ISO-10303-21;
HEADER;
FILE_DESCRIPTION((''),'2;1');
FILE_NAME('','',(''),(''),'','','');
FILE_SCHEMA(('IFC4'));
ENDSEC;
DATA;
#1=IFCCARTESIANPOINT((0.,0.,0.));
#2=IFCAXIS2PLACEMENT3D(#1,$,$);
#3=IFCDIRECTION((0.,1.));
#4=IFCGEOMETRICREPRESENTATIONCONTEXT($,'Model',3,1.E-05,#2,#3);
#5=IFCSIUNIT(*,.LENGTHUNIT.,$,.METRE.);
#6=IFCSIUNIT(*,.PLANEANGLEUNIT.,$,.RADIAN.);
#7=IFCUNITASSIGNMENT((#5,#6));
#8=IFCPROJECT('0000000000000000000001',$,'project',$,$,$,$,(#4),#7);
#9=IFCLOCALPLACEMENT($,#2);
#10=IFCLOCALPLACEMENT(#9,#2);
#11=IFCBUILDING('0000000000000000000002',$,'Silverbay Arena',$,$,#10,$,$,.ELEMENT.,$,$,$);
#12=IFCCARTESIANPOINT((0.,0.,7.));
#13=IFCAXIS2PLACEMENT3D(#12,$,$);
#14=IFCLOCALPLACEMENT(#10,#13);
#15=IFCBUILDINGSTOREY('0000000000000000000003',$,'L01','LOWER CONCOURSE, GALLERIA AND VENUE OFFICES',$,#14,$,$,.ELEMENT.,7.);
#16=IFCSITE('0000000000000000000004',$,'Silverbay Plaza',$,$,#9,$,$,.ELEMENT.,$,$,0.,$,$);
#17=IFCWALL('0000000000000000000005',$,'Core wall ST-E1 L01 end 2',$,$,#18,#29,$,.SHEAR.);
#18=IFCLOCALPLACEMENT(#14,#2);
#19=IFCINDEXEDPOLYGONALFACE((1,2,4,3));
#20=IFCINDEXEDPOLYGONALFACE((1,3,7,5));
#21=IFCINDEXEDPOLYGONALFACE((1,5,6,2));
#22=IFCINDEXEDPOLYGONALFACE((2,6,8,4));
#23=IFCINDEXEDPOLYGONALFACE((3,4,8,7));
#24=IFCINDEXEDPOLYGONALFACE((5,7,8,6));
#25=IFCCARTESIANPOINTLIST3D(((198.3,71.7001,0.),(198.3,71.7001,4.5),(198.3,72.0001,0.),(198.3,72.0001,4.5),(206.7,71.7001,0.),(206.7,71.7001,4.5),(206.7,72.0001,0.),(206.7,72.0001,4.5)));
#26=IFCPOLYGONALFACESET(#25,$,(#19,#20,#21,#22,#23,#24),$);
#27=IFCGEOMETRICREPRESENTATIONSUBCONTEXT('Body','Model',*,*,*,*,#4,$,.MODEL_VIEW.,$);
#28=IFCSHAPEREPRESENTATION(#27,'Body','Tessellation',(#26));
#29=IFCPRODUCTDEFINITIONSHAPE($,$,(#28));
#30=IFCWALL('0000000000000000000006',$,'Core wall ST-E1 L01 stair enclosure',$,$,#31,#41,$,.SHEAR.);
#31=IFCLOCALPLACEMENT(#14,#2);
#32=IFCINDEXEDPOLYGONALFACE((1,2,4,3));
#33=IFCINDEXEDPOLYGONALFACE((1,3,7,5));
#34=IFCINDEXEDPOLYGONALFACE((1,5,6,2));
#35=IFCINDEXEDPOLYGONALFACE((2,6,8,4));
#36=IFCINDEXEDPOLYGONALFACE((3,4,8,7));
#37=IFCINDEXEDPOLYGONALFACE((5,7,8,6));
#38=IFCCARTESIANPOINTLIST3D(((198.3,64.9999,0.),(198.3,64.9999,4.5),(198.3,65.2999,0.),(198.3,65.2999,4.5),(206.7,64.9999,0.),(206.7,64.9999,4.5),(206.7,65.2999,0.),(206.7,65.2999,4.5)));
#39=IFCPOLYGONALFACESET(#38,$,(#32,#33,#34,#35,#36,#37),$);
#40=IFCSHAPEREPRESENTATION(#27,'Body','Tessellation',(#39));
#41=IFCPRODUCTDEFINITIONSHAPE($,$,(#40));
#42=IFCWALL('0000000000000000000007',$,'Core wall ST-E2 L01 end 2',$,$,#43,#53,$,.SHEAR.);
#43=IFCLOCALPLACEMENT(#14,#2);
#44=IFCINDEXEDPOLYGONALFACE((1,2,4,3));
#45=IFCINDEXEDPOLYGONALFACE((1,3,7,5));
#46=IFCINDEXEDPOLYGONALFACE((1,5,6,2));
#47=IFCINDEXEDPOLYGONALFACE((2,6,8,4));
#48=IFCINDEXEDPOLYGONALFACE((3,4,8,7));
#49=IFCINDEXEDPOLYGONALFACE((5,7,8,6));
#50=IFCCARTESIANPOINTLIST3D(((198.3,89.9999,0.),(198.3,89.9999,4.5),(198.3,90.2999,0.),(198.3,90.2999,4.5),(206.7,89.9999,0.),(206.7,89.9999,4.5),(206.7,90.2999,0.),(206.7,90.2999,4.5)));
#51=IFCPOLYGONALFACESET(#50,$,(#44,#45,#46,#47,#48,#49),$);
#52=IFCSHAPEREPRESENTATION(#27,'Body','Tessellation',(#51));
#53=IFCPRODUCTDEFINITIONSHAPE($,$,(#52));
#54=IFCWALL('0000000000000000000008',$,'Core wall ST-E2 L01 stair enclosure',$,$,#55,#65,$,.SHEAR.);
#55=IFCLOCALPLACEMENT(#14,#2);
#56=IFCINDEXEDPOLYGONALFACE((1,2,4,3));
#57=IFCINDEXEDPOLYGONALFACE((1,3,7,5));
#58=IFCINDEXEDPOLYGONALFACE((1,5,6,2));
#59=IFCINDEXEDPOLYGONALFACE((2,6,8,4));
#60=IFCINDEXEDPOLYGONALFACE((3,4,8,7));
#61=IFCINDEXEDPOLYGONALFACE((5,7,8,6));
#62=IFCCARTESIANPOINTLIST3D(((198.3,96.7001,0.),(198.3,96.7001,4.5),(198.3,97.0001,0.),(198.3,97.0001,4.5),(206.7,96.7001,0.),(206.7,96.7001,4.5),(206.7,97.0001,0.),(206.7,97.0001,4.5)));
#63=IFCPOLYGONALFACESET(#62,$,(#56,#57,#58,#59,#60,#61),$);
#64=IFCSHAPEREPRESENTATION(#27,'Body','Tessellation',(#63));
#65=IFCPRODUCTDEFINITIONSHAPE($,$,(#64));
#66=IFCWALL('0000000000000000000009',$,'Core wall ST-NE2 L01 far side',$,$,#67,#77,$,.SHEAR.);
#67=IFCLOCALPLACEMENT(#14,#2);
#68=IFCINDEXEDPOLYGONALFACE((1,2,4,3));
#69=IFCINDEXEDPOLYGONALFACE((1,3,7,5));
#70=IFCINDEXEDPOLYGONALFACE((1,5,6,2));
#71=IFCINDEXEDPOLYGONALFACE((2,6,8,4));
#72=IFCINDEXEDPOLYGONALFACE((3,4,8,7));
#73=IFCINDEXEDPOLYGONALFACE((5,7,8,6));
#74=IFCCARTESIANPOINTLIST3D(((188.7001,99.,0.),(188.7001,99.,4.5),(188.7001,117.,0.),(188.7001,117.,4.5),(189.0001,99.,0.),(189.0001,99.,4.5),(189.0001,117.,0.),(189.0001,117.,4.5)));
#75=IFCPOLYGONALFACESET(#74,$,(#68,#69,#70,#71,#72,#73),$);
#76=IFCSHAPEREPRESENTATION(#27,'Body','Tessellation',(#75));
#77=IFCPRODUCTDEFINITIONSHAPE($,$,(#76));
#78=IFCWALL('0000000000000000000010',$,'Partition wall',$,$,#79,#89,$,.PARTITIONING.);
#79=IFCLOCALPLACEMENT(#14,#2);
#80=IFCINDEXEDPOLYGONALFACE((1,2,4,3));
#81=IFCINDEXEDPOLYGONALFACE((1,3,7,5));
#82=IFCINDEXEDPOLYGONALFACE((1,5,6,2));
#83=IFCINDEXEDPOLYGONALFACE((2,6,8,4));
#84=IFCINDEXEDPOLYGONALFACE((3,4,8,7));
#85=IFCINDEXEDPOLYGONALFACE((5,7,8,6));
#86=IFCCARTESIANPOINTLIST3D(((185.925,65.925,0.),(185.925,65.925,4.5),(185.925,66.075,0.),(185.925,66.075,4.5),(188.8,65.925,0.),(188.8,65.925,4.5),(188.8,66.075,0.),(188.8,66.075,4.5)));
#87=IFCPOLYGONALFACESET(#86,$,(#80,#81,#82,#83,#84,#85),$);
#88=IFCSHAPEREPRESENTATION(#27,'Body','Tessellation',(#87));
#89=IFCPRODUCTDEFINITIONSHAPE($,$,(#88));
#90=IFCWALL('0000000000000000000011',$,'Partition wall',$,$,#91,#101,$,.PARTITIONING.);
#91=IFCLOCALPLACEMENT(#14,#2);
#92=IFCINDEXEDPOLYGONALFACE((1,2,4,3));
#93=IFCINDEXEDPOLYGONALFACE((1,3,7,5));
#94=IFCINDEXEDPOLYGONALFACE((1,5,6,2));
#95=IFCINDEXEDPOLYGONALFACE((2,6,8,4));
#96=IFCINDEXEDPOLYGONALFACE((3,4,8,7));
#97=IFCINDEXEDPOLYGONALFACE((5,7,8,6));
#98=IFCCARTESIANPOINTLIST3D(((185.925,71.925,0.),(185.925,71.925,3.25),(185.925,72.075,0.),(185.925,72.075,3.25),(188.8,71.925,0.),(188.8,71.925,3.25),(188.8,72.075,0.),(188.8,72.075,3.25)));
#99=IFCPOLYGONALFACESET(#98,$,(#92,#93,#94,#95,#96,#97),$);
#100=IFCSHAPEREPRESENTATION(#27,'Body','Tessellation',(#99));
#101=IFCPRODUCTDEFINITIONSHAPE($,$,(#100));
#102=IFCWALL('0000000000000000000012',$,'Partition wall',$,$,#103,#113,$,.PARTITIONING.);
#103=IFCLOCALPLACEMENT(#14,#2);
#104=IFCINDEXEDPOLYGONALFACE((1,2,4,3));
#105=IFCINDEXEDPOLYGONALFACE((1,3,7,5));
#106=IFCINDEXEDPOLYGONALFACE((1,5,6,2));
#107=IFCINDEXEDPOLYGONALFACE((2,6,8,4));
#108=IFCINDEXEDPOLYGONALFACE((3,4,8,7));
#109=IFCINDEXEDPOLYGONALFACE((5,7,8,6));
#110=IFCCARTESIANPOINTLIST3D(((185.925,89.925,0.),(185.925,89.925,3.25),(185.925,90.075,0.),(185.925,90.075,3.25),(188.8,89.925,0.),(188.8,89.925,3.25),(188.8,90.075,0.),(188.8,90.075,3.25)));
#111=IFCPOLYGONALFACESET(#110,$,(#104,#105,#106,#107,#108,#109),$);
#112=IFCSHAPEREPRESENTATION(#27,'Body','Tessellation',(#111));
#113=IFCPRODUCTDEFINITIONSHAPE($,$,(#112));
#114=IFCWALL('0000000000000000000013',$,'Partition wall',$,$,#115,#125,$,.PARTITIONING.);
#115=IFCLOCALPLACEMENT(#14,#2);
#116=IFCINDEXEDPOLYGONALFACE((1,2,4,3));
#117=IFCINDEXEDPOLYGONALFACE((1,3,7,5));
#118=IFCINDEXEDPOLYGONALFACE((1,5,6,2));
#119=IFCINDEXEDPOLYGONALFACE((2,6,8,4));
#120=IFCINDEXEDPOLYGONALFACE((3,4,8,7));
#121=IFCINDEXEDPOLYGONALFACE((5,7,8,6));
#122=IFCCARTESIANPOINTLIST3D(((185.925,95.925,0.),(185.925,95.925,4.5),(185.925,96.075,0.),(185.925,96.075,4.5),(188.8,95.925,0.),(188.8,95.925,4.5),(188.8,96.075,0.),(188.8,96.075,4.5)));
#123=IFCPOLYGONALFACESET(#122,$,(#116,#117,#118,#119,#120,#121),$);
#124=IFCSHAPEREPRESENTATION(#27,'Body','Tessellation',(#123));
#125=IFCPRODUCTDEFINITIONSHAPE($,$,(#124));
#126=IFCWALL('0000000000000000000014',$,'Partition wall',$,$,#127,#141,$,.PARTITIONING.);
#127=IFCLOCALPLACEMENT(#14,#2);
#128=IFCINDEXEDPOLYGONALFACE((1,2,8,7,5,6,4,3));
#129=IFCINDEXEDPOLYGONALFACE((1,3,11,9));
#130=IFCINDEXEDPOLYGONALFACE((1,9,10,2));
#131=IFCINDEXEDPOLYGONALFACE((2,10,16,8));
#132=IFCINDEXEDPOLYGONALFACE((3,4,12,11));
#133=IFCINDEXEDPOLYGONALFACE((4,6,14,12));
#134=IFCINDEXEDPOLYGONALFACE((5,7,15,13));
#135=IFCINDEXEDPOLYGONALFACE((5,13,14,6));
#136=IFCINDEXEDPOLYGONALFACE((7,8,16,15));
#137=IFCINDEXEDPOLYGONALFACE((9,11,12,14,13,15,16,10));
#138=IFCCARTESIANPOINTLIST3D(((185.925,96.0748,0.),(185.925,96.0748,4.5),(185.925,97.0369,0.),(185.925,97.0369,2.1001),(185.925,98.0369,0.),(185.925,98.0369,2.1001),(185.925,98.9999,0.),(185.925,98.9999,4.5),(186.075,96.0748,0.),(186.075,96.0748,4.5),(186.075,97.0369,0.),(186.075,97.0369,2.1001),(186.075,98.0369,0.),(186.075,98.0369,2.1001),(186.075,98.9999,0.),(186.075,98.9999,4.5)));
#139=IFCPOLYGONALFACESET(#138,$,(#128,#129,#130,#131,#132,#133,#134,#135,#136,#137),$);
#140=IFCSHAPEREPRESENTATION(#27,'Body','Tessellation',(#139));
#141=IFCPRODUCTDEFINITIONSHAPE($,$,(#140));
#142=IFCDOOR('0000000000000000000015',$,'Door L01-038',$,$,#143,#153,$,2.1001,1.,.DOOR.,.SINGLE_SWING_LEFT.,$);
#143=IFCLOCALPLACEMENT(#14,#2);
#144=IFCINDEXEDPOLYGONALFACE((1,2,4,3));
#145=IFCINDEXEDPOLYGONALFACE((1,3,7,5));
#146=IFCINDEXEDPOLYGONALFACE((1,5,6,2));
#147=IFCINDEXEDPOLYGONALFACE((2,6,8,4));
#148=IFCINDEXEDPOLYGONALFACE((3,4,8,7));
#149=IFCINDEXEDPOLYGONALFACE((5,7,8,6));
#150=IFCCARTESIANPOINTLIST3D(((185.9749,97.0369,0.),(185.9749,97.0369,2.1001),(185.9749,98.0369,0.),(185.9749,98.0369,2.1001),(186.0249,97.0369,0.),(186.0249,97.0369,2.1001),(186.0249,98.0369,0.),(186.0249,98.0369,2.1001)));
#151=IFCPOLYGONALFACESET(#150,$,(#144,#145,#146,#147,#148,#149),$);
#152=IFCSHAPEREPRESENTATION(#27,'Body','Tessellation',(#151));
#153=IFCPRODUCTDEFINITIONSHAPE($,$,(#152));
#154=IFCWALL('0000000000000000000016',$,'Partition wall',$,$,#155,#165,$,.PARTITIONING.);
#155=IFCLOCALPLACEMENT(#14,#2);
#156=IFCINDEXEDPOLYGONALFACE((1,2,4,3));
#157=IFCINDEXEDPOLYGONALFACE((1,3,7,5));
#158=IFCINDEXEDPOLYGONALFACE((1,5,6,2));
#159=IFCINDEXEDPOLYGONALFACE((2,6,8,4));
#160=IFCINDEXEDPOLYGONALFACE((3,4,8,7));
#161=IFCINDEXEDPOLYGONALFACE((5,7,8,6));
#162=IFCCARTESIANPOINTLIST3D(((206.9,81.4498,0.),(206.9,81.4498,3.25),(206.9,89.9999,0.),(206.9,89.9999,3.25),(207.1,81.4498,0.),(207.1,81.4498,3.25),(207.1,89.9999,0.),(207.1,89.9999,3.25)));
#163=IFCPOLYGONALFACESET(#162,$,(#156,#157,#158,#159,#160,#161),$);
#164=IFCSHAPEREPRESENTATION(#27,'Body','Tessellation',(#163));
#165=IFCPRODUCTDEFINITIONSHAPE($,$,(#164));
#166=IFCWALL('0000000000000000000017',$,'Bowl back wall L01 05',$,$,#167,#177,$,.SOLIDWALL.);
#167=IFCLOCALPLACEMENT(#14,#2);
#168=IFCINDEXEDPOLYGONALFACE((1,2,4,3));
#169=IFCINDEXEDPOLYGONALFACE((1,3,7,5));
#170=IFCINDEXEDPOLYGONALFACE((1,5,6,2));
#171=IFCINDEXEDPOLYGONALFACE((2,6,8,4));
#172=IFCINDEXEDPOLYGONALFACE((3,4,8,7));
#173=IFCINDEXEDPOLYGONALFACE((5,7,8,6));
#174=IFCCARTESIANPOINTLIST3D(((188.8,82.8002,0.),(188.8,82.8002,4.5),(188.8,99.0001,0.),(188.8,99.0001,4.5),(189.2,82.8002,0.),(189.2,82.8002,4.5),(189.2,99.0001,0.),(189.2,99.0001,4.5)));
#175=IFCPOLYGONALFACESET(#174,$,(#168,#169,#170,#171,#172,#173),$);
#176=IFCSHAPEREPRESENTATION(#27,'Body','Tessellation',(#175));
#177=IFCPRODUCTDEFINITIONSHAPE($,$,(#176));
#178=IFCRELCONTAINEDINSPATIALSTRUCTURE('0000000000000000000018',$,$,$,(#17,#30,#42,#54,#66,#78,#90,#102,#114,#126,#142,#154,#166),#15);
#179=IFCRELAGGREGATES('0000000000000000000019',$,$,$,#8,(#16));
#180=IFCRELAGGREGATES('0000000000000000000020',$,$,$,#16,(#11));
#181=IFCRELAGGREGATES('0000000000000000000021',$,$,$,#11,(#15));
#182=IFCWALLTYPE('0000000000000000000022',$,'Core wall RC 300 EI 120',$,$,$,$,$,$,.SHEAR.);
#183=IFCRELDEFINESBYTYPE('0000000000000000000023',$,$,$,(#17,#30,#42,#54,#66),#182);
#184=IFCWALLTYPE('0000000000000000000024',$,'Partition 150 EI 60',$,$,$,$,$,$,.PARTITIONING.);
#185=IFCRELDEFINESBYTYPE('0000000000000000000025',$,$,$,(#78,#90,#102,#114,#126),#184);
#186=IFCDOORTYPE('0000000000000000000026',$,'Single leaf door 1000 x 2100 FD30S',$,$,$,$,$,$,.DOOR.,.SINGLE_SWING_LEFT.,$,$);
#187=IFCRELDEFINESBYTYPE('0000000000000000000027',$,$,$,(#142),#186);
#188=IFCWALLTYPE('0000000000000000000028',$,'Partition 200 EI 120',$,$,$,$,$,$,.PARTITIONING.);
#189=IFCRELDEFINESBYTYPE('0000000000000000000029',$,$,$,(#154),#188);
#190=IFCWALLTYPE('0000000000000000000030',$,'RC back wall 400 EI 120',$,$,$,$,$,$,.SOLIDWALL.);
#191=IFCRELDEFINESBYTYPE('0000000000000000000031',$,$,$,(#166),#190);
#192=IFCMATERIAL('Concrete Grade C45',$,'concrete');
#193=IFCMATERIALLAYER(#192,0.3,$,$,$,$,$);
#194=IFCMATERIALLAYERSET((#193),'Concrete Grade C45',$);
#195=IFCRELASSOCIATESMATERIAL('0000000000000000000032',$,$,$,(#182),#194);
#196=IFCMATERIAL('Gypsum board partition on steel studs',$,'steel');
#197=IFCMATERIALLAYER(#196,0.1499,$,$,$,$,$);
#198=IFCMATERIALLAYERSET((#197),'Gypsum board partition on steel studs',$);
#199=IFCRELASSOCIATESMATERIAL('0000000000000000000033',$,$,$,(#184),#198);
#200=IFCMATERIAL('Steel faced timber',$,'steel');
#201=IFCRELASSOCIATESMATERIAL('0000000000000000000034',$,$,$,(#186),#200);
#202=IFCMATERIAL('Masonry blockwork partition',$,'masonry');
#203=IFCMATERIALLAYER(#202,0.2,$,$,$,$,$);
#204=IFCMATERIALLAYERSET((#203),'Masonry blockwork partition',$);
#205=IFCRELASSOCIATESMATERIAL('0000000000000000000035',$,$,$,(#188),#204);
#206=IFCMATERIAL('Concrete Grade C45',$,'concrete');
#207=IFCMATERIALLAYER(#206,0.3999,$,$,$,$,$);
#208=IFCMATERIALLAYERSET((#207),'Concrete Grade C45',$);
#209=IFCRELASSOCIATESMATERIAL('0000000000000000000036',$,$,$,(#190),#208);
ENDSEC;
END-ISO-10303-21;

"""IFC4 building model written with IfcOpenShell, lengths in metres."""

from ifc_helpers import new_model, si_unit, direction, frame, frame_2d, origin, place, context, subcontext, project, spatial, rectangle, extrude, material, layer, layer_set, type_object, element, fill, save


model = new_model("IFC4")

# Units and contexts
model_context = context("Model", 3, precision=1e-05, world=origin(), true_north=direction((0.0, 1.0)))
body_context = subcontext(model_context, "Body", "Model", "MODEL_VIEW")
ifc_project = project(units=[si_unit("LENGTHUNIT", "METRE"), si_unit("PLANEANGLEUNIT", "RADIAN")], contexts=[model_context])

# Site, building, storey
site_placement = place(None, origin())
site = spatial("IfcSite", under=ifc_project, at=site_placement, Name="Silverbay Plaza", CompositionType="ELEMENT", RefElevation=0.0)
building_placement = place(site_placement, origin())
building = spatial("IfcBuilding", under=site, at=building_placement, Name="Silverbay Arena", CompositionType="ELEMENT")
storey_placement = place(building_placement, frame((0.0, 0.0, 7.0)))
storey = spatial("IfcBuildingStorey", under=building, at=storey_placement, Name="L01", Description="LOWER CONCOURSE, GALLERIA AND VENUE OFFICES", CompositionType="ELEMENT", Elevation=7.0)

# Walls
ifc_material_1 = material(Name="Concrete Grade C45", Category="concrete")
ifc_layer_1 = layer(ifc_material_1, 0.3)
ifc_layer_set_1 = layer_set([ifc_layer_1], Name="Concrete Grade C45")
wall_type_1 = type_object("IfcWallType", Name="Core wall RC 300 EI 120", PredefinedType="SHEAR", material=ifc_layer_set_1)
for number, where, z_axis, x_axis, name in (
    (1, (198.3, 71.8501, 0.0), (0.0, 0.0, 1.0), (1.0, 0.0, 0.0), "Core wall ST-E1 L01 end 2"),
    (2, (198.3, 65.1499, 0.0), (0.0, 0.0, 1.0), (1.0, 0.0, 0.0), "Core wall ST-E1 L01 stair enclosure"),
    (3, (198.3, 90.1499, 0.0), (0.0, 0.0, 1.0), (1.0, 0.0, 0.0), "Core wall ST-E2 L01 end 2"),
    (4, (198.3, 96.8501, 0.0), (0.0, 0.0, 1.0), (1.0, 0.0, 0.0), "Core wall ST-E2 L01 stair enclosure"),
):
    element("IfcWall", number, at=place(storey_placement, frame(where, z_axis=z_axis, x_axis=x_axis)), inside=storey, type_object=wall_type_1, Name=name, PredefinedType="SHEAR", context=body_context, shape_type="SweptSolid", body=[
        extrude(rectangle(XDim=8.3999, YDim=0.3, at=frame_2d((4.2, 0.0))), origin(), (0.0, 0.0, 1.0), 4.5),
    ])
wall_1_placement = place(storey_placement, frame((188.8501, 99.0, 0.0), z_axis=(0.0, 0.0, 1.0), x_axis=(0.0, 1.0, 0.0)))
element("IfcWall", 5, at=wall_1_placement, inside=storey, type_object=wall_type_1, Name="Core wall ST-NE2 L01 far side", PredefinedType="SHEAR", context=body_context, shape_type="SweptSolid", body=[
    extrude(rectangle(XDim=18.0, YDim=0.3, at=frame_2d((9.0, 0.0))), origin(), (0.0, 0.0, 1.0), 4.5),
])
ifc_material_2 = material(Name="Gypsum board partition on steel studs", Category="steel")
ifc_layer_2 = layer(ifc_material_2, 0.1499)
ifc_layer_set_2 = layer_set([ifc_layer_2], Name="Gypsum board partition on steel studs")
wall_type_2 = type_object("IfcWallType", Name="Partition 150 EI 60", PredefinedType="PARTITIONING", material=ifc_layer_set_2)
wall_2_placement = place(storey_placement, frame((185.925, 66.0, 0.0), z_axis=(0.0, 0.0, 1.0), x_axis=(1.0, 0.0, 0.0)))
element("IfcWall", 6, at=wall_2_placement, inside=storey, type_object=wall_type_2, Name="Partition wall", PredefinedType="PARTITIONING", context=body_context, shape_type="SweptSolid", body=[
    extrude(rectangle(XDim=2.875, YDim=0.1499, at=frame_2d((1.4375, 0.0))), origin(), (0.0, 0.0, 1.0), 4.5),
])
for number, where, z_axis, x_axis, name in (
    (7, (185.925, 72.0, 0.0), (0.0, 0.0, 1.0), (1.0, 0.0, 0.0), "Partition wall"),
    (8, (185.925, 90.0, 0.0), (0.0, 0.0, 1.0), (1.0, 0.0, 0.0), "Partition wall"),
):
    element("IfcWall", number, at=place(storey_placement, frame(where, z_axis=z_axis, x_axis=x_axis)), inside=storey, type_object=wall_type_2, Name=name, PredefinedType="PARTITIONING", context=body_context, shape_type="SweptSolid", body=[
        extrude(rectangle(XDim=2.875, YDim=0.1499, at=frame_2d((1.4375, 0.0))), origin(), (0.0, 0.0, 1.0), 3.25),
    ])
wall_3_placement = place(storey_placement, frame((185.925, 96.0, 0.0), z_axis=(0.0, 0.0, 1.0), x_axis=(1.0, 0.0, 0.0)))
element("IfcWall", 9, at=wall_3_placement, inside=storey, type_object=wall_type_2, Name="Partition wall", PredefinedType="PARTITIONING", context=body_context, shape_type="SweptSolid", body=[
    extrude(rectangle(XDim=2.875, YDim=0.1499, at=frame_2d((1.4375, 0.0))), origin(), (0.0, 0.0, 1.0), 4.5),
])

# Wall, opening, door
wall_4_placement = place(storey_placement, frame((186.0, 96.075, 0.0), z_axis=(0.0, 0.0, 1.0), x_axis=(0.0, 1.0, 0.0)))
wall_4 = element("IfcWall", 10, at=wall_4_placement, inside=storey, type_object=wall_type_2, Name="Partition wall", PredefinedType="PARTITIONING", context=body_context, shape_type="SweptSolid", body=[
    extrude(rectangle(XDim=2.925, YDim=0.1499, at=frame_2d((1.4624, 0.0))), origin(), (0.0, 0.0, 1.0), 4.5),
])
opening_1_placement = place(wall_4_placement, frame((0.9619, 0.0, 0.0)))
opening_1 = element("IfcOpeningElement", 11, at=opening_1_placement, cuts=wall_4, PredefinedType="OPENING", context=body_context, shape_type="SweptSolid", body=[
    extrude(rectangle(XDim=1.0, YDim=2.1001, at=frame_2d((0.5, 1.05))), frame((0.0, 0.085, 0.0), z_axis=(0.0, -1.0, 0.0), x_axis=(1.0, 0.0, 0.0)), (0.0, 0.0, 1.0), 0.1699),
])
ifc_material_3 = material(Name="Steel faced timber", Category="steel")
door_type_1 = type_object("IfcDoorType", Name="Single leaf door 1000 x 2100 FD30S", OperationType="SINGLE_SWING_LEFT", PredefinedType="DOOR", material=ifc_material_3)
door_1_placement = place(opening_1_placement, frame((1.0, 0.0, 0.0), z_axis=(0.0, 0.0, 1.0), x_axis=(-1.0, 0.0, 0.0)))
door_1 = element("IfcDoor", 12, at=door_1_placement, inside=storey, type_object=door_type_1, Name="Door L01-038", OperationType="SINGLE_SWING_LEFT", OverallHeight=2.1001, OverallWidth=1.0, PredefinedType="DOOR", context=body_context, shape_type="SweptSolid", body=[
    extrude(rectangle(XDim=1.0, YDim=2.1001, at=frame_2d((0.5, 1.05))), frame((0.0, 0.0249, 0.0), z_axis=(0.0, -1.0, 0.0), x_axis=(1.0, 0.0, 0.0)), (0.0, 0.0, 1.0), 0.05),
])
fill(opening_1, door_1)
ifc_material_4 = material(Name="Masonry blockwork partition", Category="masonry")
ifc_layer_3 = layer(ifc_material_4, 0.2)
ifc_layer_set_3 = layer_set([ifc_layer_3], Name="Masonry blockwork partition")
wall_type_3 = type_object("IfcWallType", Name="Partition 200 EI 120", PredefinedType="PARTITIONING", material=ifc_layer_set_3)

# Walls
wall_5_placement = place(storey_placement, frame((207.0, 81.45, 0.0), z_axis=(0.0, 0.0, 1.0), x_axis=(0.0, 1.0, 0.0)))
element("IfcWall", 13, at=wall_5_placement, inside=storey, type_object=wall_type_3, Name="Partition wall", PredefinedType="PARTITIONING", context=body_context, shape_type="SweptSolid", body=[
    extrude(rectangle(XDim=8.55, YDim=0.2, at=frame_2d((4.2749, 0.0))), origin(), (0.0, 0.0, 1.0), 3.25),
])
ifc_material_5 = material(Name="Concrete Grade C45", Category="concrete")
ifc_layer_4 = layer(ifc_material_5, 0.3999)
ifc_layer_set_4 = layer_set([ifc_layer_4], Name="Concrete Grade C45")
wall_type_4 = type_object("IfcWallType", Name="RC back wall 400 EI 120", PredefinedType="SOLIDWALL", material=ifc_layer_set_4)
wall_6_placement = place(storey_placement, frame((189.0, 82.8, 0.0), z_axis=(0.0, 0.0, 1.0), x_axis=(0.0, 1.0, 0.0)))
element("IfcWall", 14, at=wall_6_placement, inside=storey, type_object=wall_type_4, Name="Bowl back wall L01 05", PredefinedType="SOLIDWALL", context=body_context, shape_type="SweptSolid", body=[
    extrude(rectangle(XDim=16.2, YDim=0.3999, at=frame_2d((8.1001, 0.0))), origin(), (0.0, 0.0, 1.0), 4.5),
])

save(model, "model.ifc")
